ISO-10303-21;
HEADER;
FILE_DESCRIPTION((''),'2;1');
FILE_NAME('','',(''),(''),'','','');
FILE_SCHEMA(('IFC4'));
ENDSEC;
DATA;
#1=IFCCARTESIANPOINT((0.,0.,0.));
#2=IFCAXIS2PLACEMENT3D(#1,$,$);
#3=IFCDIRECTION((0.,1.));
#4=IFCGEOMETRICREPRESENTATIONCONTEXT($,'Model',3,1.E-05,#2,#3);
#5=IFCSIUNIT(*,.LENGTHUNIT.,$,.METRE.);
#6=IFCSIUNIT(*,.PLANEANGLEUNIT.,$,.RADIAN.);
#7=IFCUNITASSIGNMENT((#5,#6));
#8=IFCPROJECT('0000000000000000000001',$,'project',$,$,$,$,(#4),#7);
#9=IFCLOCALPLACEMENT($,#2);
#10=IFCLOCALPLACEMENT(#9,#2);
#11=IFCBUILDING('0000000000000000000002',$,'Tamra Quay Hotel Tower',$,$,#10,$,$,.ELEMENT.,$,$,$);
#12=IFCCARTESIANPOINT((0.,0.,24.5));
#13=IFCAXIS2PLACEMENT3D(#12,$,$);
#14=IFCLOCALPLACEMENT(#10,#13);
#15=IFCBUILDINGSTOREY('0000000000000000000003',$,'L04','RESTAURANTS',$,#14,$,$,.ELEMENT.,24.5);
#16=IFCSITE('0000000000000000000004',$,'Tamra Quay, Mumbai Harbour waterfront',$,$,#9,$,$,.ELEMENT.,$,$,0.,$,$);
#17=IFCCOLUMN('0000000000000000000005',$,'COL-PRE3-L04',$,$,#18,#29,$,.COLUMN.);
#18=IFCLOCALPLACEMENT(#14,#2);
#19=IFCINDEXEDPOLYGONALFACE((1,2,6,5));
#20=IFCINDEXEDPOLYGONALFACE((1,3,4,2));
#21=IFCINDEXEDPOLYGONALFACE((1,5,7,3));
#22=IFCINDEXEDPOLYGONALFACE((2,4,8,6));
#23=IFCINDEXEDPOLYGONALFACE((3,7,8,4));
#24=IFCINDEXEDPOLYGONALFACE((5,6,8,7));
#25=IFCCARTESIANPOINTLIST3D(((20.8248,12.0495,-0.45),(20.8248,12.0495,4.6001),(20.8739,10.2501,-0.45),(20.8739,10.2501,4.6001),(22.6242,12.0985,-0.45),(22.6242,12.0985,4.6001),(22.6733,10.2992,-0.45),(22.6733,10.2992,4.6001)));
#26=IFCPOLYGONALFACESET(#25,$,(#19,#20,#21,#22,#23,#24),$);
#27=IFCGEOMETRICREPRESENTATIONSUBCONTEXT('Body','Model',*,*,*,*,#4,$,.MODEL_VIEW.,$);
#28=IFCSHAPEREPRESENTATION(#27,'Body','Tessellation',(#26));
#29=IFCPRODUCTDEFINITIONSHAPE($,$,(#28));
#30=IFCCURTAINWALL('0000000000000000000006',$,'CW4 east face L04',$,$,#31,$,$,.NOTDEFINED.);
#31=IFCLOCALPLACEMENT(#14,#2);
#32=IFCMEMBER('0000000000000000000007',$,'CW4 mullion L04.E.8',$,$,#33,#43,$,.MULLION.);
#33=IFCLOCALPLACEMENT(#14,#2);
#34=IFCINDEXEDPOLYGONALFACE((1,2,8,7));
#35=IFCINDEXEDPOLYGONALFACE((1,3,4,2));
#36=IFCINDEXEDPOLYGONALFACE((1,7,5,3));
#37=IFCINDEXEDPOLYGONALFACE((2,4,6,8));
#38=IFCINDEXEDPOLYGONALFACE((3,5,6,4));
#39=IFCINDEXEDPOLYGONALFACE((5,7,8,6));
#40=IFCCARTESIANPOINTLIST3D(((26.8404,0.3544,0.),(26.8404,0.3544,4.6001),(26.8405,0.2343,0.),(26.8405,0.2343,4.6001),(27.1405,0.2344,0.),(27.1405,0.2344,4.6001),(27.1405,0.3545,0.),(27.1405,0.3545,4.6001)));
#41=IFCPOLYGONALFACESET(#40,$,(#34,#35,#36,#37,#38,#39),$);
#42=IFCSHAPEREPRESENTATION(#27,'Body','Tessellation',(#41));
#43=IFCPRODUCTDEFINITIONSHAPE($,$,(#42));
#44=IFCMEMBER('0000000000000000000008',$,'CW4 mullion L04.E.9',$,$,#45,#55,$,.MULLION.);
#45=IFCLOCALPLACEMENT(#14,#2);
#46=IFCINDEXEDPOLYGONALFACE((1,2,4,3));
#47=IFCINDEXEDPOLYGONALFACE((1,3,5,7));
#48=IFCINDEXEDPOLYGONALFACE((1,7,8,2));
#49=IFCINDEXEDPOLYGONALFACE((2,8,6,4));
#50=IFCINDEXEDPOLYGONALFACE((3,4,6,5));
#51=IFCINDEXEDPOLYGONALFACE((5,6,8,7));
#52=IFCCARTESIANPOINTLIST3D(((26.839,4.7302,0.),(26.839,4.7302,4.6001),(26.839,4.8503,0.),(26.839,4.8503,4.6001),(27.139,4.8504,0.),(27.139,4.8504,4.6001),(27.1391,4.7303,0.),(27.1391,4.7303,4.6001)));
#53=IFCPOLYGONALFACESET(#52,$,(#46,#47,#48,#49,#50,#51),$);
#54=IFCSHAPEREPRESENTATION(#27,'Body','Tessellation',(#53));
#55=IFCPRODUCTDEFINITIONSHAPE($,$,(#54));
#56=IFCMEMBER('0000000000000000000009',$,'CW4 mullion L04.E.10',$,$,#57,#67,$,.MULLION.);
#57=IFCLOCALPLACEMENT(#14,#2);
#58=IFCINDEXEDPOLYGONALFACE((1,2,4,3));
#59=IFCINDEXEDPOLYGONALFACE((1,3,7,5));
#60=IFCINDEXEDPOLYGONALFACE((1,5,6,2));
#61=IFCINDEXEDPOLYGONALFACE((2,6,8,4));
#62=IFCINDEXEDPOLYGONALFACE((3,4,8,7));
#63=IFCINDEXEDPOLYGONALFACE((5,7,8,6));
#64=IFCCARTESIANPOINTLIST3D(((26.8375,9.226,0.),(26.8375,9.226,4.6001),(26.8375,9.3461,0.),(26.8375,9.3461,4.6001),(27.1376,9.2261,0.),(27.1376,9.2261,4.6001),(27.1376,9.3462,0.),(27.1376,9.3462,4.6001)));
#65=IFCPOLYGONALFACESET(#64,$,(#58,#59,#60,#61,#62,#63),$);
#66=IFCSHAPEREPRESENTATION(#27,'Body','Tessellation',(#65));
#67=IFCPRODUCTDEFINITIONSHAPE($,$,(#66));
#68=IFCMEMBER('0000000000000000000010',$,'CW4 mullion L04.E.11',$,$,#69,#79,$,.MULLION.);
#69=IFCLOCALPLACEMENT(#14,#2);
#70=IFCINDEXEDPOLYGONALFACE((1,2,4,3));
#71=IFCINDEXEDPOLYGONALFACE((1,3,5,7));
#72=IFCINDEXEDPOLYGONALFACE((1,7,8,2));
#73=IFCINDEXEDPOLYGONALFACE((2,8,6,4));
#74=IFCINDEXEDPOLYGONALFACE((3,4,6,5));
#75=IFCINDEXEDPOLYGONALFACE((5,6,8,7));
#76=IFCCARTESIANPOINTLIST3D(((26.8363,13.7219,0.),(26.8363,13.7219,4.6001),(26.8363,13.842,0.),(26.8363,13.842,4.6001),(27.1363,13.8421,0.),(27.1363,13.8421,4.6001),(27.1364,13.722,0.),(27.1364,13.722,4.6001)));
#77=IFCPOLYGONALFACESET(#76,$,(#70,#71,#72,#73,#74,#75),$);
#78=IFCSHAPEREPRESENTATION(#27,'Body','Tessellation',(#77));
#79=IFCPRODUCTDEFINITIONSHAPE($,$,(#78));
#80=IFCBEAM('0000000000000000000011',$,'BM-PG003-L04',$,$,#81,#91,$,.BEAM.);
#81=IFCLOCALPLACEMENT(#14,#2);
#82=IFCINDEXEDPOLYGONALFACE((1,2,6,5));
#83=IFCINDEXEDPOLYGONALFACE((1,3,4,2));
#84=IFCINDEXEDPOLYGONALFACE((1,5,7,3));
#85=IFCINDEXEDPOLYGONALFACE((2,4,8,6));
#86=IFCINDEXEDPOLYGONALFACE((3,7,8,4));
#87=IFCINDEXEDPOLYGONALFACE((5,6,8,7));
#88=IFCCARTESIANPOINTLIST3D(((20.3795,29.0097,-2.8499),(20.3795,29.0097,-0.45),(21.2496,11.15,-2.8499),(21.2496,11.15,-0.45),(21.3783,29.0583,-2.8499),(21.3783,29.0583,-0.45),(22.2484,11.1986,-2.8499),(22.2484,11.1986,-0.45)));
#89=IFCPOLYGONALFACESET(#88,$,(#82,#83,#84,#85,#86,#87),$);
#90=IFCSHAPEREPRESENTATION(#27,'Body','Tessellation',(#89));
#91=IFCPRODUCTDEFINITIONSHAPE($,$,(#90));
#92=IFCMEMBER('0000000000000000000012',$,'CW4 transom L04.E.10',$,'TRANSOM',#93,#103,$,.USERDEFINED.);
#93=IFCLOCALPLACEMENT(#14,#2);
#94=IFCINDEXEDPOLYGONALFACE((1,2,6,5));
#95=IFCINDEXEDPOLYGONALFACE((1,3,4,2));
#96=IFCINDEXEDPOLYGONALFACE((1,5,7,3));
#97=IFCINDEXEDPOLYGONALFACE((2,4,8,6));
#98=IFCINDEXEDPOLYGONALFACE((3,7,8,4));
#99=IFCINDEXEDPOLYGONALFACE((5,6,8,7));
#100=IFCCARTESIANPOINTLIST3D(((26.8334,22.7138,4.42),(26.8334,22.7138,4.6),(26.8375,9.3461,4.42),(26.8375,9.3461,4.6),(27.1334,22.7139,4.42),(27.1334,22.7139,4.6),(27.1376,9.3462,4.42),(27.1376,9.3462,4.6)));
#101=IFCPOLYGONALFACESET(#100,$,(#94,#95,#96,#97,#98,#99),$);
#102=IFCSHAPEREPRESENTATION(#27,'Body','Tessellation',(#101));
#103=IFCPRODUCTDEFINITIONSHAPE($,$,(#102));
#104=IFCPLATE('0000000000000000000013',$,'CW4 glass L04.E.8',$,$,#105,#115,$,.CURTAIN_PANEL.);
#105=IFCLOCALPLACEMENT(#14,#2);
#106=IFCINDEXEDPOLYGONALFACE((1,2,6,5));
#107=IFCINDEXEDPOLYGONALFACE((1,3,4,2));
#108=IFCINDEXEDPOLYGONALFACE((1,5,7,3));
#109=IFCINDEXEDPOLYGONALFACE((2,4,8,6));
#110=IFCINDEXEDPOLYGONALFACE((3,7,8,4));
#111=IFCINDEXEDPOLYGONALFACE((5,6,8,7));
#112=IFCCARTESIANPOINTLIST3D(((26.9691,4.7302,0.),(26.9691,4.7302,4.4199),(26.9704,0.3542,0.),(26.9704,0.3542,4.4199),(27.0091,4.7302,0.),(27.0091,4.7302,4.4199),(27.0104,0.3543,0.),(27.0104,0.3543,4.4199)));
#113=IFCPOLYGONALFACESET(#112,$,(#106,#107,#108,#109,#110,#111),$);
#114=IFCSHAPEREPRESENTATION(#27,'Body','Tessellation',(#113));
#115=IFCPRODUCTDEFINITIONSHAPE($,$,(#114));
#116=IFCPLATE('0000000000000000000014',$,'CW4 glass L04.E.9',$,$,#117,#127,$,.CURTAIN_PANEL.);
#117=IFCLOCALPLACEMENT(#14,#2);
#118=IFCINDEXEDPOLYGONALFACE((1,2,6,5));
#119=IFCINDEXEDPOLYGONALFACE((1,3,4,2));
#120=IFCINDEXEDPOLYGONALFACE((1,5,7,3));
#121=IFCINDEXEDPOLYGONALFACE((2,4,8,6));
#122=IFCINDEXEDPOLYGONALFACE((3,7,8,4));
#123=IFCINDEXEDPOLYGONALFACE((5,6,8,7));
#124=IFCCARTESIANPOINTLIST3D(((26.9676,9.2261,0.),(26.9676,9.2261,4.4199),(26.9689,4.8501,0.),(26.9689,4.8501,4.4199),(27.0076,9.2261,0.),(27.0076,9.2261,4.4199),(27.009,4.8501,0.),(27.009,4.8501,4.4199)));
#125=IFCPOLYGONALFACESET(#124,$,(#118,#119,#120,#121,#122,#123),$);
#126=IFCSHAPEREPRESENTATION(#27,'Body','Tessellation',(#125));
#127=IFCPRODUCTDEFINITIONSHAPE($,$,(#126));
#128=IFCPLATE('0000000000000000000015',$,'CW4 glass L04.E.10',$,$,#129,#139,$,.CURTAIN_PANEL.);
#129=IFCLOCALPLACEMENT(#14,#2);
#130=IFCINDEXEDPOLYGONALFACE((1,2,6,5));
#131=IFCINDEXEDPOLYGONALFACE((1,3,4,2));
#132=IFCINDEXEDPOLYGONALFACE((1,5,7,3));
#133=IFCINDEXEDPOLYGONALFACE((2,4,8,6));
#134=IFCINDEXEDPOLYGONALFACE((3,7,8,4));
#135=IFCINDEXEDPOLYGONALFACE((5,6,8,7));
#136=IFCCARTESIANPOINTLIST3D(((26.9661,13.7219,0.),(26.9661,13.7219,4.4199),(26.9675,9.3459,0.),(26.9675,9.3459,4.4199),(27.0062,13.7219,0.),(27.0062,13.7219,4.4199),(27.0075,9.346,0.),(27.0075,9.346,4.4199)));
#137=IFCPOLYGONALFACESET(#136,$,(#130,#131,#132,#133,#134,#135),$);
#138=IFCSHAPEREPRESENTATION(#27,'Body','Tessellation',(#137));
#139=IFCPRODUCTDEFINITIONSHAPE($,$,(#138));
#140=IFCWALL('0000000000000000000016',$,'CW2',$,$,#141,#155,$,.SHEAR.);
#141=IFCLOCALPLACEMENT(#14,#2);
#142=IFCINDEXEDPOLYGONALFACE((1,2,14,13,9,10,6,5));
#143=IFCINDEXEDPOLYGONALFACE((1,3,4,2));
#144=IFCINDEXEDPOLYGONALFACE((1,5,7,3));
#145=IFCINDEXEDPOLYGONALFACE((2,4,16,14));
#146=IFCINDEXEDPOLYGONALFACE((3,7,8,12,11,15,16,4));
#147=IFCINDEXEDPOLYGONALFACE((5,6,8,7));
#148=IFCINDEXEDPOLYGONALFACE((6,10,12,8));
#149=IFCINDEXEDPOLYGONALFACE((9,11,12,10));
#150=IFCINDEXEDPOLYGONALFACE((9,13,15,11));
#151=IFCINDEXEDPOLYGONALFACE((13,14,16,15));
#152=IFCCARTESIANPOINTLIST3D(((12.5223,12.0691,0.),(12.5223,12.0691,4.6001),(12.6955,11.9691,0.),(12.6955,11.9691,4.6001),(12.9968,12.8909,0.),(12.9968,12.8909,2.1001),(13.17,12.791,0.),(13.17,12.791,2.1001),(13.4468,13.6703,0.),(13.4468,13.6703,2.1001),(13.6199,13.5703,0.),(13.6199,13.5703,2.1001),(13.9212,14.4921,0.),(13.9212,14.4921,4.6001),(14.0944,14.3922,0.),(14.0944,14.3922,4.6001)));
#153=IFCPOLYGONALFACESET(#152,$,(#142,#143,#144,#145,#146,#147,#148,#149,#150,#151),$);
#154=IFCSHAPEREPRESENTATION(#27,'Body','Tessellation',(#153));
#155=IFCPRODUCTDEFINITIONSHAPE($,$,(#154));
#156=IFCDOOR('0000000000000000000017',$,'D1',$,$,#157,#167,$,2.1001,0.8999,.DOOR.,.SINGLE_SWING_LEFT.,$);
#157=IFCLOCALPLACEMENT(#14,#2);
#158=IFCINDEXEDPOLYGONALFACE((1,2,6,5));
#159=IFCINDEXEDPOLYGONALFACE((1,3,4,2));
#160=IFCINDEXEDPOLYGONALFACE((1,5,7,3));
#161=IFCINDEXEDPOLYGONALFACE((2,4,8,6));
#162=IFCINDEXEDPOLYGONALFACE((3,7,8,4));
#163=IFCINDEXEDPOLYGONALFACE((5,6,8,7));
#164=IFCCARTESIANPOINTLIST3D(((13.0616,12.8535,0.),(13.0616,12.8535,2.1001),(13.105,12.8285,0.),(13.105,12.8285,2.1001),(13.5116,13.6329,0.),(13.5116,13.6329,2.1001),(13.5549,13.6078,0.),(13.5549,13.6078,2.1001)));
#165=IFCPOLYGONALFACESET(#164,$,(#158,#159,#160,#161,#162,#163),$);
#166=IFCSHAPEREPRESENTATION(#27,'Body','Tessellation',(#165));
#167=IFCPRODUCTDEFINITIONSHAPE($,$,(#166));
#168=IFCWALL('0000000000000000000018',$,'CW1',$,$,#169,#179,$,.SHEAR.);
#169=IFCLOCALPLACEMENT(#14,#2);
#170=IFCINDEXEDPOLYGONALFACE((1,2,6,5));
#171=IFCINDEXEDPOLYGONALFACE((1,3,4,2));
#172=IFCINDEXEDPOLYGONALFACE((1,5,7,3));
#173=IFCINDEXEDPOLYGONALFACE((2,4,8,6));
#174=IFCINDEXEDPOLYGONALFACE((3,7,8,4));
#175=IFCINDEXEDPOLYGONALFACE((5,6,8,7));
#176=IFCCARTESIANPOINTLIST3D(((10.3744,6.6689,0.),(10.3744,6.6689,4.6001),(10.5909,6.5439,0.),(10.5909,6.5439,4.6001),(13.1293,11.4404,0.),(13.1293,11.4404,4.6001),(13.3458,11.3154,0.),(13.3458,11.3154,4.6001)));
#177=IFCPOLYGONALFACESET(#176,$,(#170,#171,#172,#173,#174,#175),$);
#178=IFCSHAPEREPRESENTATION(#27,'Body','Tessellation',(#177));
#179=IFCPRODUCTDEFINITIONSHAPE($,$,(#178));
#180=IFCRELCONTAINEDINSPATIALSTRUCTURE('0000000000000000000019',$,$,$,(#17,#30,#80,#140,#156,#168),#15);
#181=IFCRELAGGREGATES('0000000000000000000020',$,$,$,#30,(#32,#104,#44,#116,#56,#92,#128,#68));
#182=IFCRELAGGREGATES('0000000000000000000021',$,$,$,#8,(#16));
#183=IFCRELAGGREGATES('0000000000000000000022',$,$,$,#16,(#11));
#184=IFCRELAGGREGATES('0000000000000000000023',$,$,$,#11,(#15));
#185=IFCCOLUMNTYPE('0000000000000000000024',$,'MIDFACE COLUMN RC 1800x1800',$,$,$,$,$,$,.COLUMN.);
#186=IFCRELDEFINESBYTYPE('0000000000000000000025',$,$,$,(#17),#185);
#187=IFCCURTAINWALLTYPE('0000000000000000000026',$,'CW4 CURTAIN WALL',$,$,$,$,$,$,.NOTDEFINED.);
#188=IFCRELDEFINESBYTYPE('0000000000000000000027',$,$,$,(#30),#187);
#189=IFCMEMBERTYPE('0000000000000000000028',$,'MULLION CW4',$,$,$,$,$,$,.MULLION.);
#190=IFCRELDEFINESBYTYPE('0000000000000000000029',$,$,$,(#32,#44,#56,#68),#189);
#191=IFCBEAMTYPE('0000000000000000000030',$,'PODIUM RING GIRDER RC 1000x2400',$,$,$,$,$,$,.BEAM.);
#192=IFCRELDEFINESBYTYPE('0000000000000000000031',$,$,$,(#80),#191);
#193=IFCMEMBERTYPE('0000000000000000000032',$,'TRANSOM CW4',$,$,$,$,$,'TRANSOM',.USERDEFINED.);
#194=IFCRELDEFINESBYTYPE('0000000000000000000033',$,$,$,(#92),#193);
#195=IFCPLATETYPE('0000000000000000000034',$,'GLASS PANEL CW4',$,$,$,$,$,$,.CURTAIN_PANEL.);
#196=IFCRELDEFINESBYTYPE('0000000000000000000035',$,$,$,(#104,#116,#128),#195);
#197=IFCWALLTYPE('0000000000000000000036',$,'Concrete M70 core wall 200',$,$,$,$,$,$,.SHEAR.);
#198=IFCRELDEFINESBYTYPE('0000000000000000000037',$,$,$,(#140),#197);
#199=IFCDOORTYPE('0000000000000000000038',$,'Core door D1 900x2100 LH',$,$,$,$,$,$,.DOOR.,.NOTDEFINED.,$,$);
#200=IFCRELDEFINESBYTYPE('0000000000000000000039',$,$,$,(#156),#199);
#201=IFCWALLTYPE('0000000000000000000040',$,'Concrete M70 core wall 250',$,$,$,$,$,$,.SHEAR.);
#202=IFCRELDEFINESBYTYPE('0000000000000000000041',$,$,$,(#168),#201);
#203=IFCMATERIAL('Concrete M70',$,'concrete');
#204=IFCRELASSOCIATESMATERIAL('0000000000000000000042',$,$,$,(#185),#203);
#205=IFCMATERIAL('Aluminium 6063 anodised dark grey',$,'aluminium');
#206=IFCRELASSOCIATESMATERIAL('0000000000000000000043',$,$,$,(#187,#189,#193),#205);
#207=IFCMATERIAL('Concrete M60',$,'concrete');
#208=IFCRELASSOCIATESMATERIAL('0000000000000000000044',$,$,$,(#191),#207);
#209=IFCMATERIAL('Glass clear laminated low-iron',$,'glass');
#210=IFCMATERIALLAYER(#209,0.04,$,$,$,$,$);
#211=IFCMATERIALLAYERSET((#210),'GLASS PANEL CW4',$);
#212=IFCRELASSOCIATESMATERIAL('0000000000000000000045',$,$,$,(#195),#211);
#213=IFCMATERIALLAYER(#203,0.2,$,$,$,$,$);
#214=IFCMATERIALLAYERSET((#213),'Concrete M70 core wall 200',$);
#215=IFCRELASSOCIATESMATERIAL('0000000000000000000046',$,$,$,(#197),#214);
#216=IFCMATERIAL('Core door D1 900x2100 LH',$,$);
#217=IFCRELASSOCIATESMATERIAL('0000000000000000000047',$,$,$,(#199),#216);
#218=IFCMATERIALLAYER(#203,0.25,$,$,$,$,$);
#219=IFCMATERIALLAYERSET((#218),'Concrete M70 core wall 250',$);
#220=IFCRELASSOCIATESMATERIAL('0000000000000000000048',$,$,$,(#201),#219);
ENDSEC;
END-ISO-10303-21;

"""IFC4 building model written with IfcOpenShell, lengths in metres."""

from ifc_helpers import new_model, si_unit, direction, frame, frame_2d, origin, origin_2d, place, context, subcontext, project, spatial, rectangle, extrude, material, layer, layer_set, material_profile, profile_set, type_object, element, fill, aggregate, save


model = new_model("IFC4")

# Units and contexts
model_context = context("Model", 3, precision=1e-05, world=origin(), true_north=direction((0.0, 1.0)))
body_context = subcontext(model_context, "Body", "Model", "MODEL_VIEW")
ifc_project = project(units=[si_unit("LENGTHUNIT", "METRE"), si_unit("PLANEANGLEUNIT", "RADIAN")], contexts=[model_context])

# Site, building, storey
site_placement = place(None, origin())
site = spatial("IfcSite", under=ifc_project, at=site_placement, Name="Tamra Quay, Mumbai Harbour waterfront", CompositionType="ELEMENT", RefElevation=0.0)
building_placement = place(site_placement, origin())
building = spatial("IfcBuilding", under=site, at=building_placement, Name="Tamra Quay Hotel Tower", CompositionType="ELEMENT")
storey_placement = place(building_placement, frame((0.0, 0.0, 24.5)))
storey = spatial("IfcBuildingStorey", under=building, at=storey_placement, Name="L04", Description="RESTAURANTS", CompositionType="ELEMENT", Elevation=24.5)

# Column
ifc_material_1 = material(Name="Concrete M70", Category="concrete")
ifc_material_profile_1 = material_profile(ifc_material_1, rectangle(XDim=1.8, YDim=1.8, at=origin_2d()), Name="MIDFACE COLUMN RC 1800x1800")
ifc_profile_set_1 = profile_set([ifc_material_profile_1], Name="Concrete M70")
column_type = type_object("IfcColumnType", Name="MIDFACE COLUMN RC 1800x1800", PredefinedType="COLUMN", material=ifc_profile_set_1)
column_placement = place(storey_placement, frame((21.749, 11.1743, -0.45), z_axis=(0.0, 0.0, 1.0), x_axis=(0.999628, 0.027269, 0.0)))
element("IfcColumn", 1, at=column_placement, inside=storey, type_object=column_type, Name="COL-PRE3-L04", PredefinedType="COLUMN", context=body_context, shape_type="SweptSolid", body=[
    extrude(rectangle(XDim=1.8, YDim=1.8, at=origin_2d()), origin(), (0.0, 0.0, 1.0), 5.05),
])

# Curtain wall, members
ifc_material_2 = material(Name="Aluminium 6063 anodised dark grey", Category="aluminium")
curtain_wall_type = type_object("IfcCurtainWallType", Name="CW4 CURTAIN WALL", PredefinedType="NOTDEFINED", material=ifc_material_2)
curtain_wall_placement = place(storey_placement, origin())
curtain_wall = element("IfcCurtainWall", 2, at=curtain_wall_placement, inside=storey, type_object=curtain_wall_type, Name="CW4 east face L04", PredefinedType="NOTDEFINED")
ifc_material_profile_2 = material_profile(ifc_material_2, rectangle(XDim=0.3, YDim=0.1201, at=origin_2d()), Name="MULLION 120X300")
ifc_profile_set_2 = profile_set([ifc_material_profile_2], Name="Aluminium 6063 anodised dark grey")
member_type_1 = type_object("IfcMemberType", Name="MULLION CW4", PredefinedType="MULLION", material=ifc_profile_set_2)
member_1_placement = place(storey_placement, frame((26.9905, 0.2944, 0.0), z_axis=(0.0, 0.0, 1.0), x_axis=(1.0, 0.000306, 0.0)))
member_1 = element("IfcMember", 3, at=member_1_placement, type_object=member_type_1, Name="CW4 mullion L04.E.8", PredefinedType="MULLION", context=body_context, shape_type="SweptSolid", body=[
    extrude(rectangle(XDim=0.3, YDim=0.1201, at=origin_2d()), origin(), (0.0, 0.0, 1.0), 4.6001),
])
member_2_placement = place(storey_placement, frame((26.989, 4.7903, 0.0), z_axis=(0.0, 0.0, 1.0), x_axis=(1.0, 0.000306, 0.0)))
member_2 = element("IfcMember", 4, at=member_2_placement, type_object=member_type_1, Name="CW4 mullion L04.E.9", PredefinedType="MULLION", context=body_context, shape_type="SweptSolid", body=[
    extrude(rectangle(XDim=0.3, YDim=0.1201, at=origin_2d()), origin(), (0.0, 0.0, 1.0), 4.6001),
])
member_3_placement = place(storey_placement, frame((26.9875, 9.2861, 0.0), z_axis=(0.0, 0.0, 1.0), x_axis=(1.0, 0.000306, 0.0)))
member_3 = element("IfcMember", 5, at=member_3_placement, type_object=member_type_1, Name="CW4 mullion L04.E.10", PredefinedType="MULLION", context=body_context, shape_type="SweptSolid", body=[
    extrude(rectangle(XDim=0.3, YDim=0.1201, at=origin_2d()), origin(), (0.0, 0.0, 1.0), 4.6001),
])
member_4_placement = place(storey_placement, frame((26.9863, 13.782, 0.0), z_axis=(0.0, 0.0, 1.0), x_axis=(1.0, 0.000306, 0.0)))
member_4 = element("IfcMember", 6, at=member_4_placement, type_object=member_type_1, Name="CW4 mullion L04.E.11", PredefinedType="MULLION", context=body_context, shape_type="SweptSolid", body=[
    extrude(rectangle(XDim=0.3, YDim=0.1201, at=origin_2d()), origin(), (0.0, 0.0, 1.0), 4.6001),
])

# Beam
ifc_material_3 = material(Name="Concrete M60", Category="concrete")
ifc_material_profile_3 = material_profile(ifc_material_3, rectangle(XDim=1.0, YDim=2.3999, at=origin_2d()), Name="PODIUM RING GIRDER RC 1000x2400")
ifc_profile_set_3 = profile_set([ifc_material_profile_3], Name="Concrete M60")
beam_type = type_object("IfcBeamType", Name="PODIUM RING GIRDER RC 1000x2400", PredefinedType="BEAM", material=ifc_profile_set_3)
beam_placement = place(storey_placement, frame((21.749, 11.1743, -1.6499), z_axis=(-0.048662, 0.998815, 0.0), x_axis=(-0.998815, -0.048662, 0.0)))
element("IfcBeam", 7, at=beam_placement, inside=storey, type_object=beam_type, Name="BM-PG003-L04", PredefinedType="BEAM", context=body_context, shape_type="SweptSolid", body=[
    extrude(rectangle(XDim=1.0, YDim=2.3999, at=origin_2d()), origin(), (0.0, 0.0, 1.0), 17.8809),
])

# Member
ifc_material_profile_4 = material_profile(ifc_material_2, rectangle(XDim=0.3, YDim=0.1799, at=origin_2d()), Name="TRANSOM 300X180")
ifc_profile_set_4 = profile_set([ifc_material_profile_4], Name="Aluminium 6063 anodised dark grey")
member_type_2 = type_object("IfcMemberType", Name="TRANSOM CW4", ElementType="TRANSOM", PredefinedType="USERDEFINED", material=ifc_profile_set_4)
member_5_placement = place(storey_placement, frame((26.9875, 9.3462, 4.51), z_axis=(-0.00031, 1.0, 0.0), x_axis=(-1.0, -0.00031, 0.0)))
member_5 = element("IfcMember", 8, at=member_5_placement, type_object=member_type_2, Name="CW4 transom L04.E.10", ObjectType="TRANSOM", PredefinedType="USERDEFINED", context=body_context, shape_type="SweptSolid", body=[
    extrude(rectangle(XDim=0.3, YDim=0.1799, at=origin_2d()), origin(), (0.0, 0.0, 1.0), 13.3677),
])

# Plates
ifc_material_4 = material(Name="Glass clear laminated low-iron", Category="glass")
ifc_layer_1 = layer(ifc_material_4, 0.04)
ifc_layer_set_1 = layer_set([ifc_layer_1], Name="GLASS PANEL CW4")
plate_type = type_object("IfcPlateType", Name="GLASS PANEL CW4", PredefinedType="CURTAIN_PANEL", material=ifc_layer_set_1)
plate_1_placement = place(storey_placement, frame((26.9897, 2.5422, 0.0), z_axis=(0.0, 0.0, 1.0), x_axis=(-0.000306, 1.0, 0.0)))
plate_1 = element("IfcPlate", 9, at=plate_1_placement, type_object=plate_type, Name="CW4 glass L04.E.8", PredefinedType="CURTAIN_PANEL", context=body_context, shape_type="SweptSolid", body=[
    extrude(rectangle(XDim=4.376, YDim=0.04, at=origin_2d()), origin(), (0.0, 0.0, 1.0), 4.4199),
])
plate_2_placement = place(storey_placement, frame((26.9883, 7.0381, 0.0), z_axis=(0.0, 0.0, 1.0), x_axis=(-0.000306, 1.0, 0.0)))
plate_2 = element("IfcPlate", 10, at=plate_2_placement, type_object=plate_type, Name="CW4 glass L04.E.9", PredefinedType="CURTAIN_PANEL", context=body_context, shape_type="SweptSolid", body=[
    extrude(rectangle(XDim=4.376, YDim=0.04, at=origin_2d()), origin(), (0.0, 0.0, 1.0), 4.4199),
])
plate_3_placement = place(storey_placement, frame((26.9868, 11.5339, 0.0), z_axis=(0.0, 0.0, 1.0), x_axis=(-0.000306, 1.0, 0.0)))
plate_3 = element("IfcPlate", 11, at=plate_3_placement, type_object=plate_type, Name="CW4 glass L04.E.10", PredefinedType="CURTAIN_PANEL", context=body_context, shape_type="SweptSolid", body=[
    extrude(rectangle(XDim=4.376, YDim=0.04, at=origin_2d()), origin(), (0.0, 0.0, 1.0), 4.4199),
])
aggregate(curtain_wall, [member_1, plate_1, member_2, plate_2, member_3, member_5, plate_3, member_4])

# Wall, opening, door
ifc_layer_2 = layer(ifc_material_1, 0.2)
ifc_layer_set_2 = layer_set([ifc_layer_2], Name="Concrete M70 core wall 200")
wall_type_1 = type_object("IfcWallType", Name="Concrete M70 core wall 200", PredefinedType="SHEAR", material=ifc_layer_set_2)
wall_1_placement = place(storey_placement, frame((14.0078, 14.4421, 0.0), z_axis=(0.0, 0.0, 1.0), x_axis=(-0.499987, -0.866033, 0.0)))
wall_1 = element("IfcWall", 12, at=wall_1_placement, inside=storey, type_object=wall_type_1, Name="CW2", PredefinedType="SHEAR", context=body_context, shape_type="SweptSolid", body=[
    extrude(rectangle(XDim=2.7979, YDim=0.2, at=frame_2d((1.3989, 0.0))), origin(), (0.0, 0.0, 1.0), 4.6001),
])
opening_1_placement = place(wall_1_placement, frame((0.949, 0.0, 0.0)))
opening_1 = element("IfcOpeningElement", 13, at=opening_1_placement, cuts=wall_1, PredefinedType="OPENING", context=body_context, shape_type="SweptSolid", body=[
    extrude(rectangle(XDim=0.8999, YDim=2.1001, at=frame_2d((0.45, 1.05))), frame((0.0, 0.1099, 0.0), z_axis=(0.0, -1.0, 0.0), x_axis=(1.0, 0.0, 0.0)), (0.0, 0.0, 1.0), 0.22),
])
ifc_material_5 = material(Name="Core door D1 900x2100 LH")
door_type_1 = type_object("IfcDoorType", Name="Core door D1 900x2100 LH", OperationType="NOTDEFINED", PredefinedType="DOOR", material=ifc_material_5)
door_1_placement = place(opening_1_placement, origin())
door_1 = element("IfcDoor", 14, at=door_1_placement, inside=storey, type_object=door_type_1, Name="D1", OperationType="SINGLE_SWING_LEFT", OverallHeight=2.1001, OverallWidth=0.8999, PredefinedType="DOOR", context=body_context, shape_type="SweptSolid", body=[
    extrude(rectangle(XDim=0.8999, YDim=2.1001, at=frame_2d((0.45, 1.05))), frame((0.0, 0.0249, 0.0), z_axis=(0.0, -1.0, 0.0), x_axis=(1.0, 0.0, 0.0)), (0.0, 0.0, 1.0), 0.05),
])
fill(opening_1, door_1)

# Wall
ifc_layer_3 = layer(ifc_material_1, 0.25)
ifc_layer_set_3 = layer_set([ifc_layer_3], Name="Concrete M70 core wall 250")
wall_type_2 = type_object("IfcWallType", Name="Concrete M70 core wall 250", PredefinedType="SHEAR", material=ifc_layer_set_3)
wall_2_placement = place(storey_placement, frame((13.2375, 11.3779, 0.0), z_axis=(0.0, 0.0, 1.0), x_axis=(-0.500009, -0.86602, 0.0)))
element("IfcWall", 15, at=wall_2_placement, inside=storey, type_object=wall_type_2, Name="CW1", PredefinedType="SHEAR", context=body_context, shape_type="SweptSolid", body=[
    extrude(rectangle(XDim=5.5098, YDim=0.25, at=frame_2d((2.7549, 0.0))), origin(), (0.0, 0.0, 1.0), 4.6001),
])

save(model, "model.ifc")
